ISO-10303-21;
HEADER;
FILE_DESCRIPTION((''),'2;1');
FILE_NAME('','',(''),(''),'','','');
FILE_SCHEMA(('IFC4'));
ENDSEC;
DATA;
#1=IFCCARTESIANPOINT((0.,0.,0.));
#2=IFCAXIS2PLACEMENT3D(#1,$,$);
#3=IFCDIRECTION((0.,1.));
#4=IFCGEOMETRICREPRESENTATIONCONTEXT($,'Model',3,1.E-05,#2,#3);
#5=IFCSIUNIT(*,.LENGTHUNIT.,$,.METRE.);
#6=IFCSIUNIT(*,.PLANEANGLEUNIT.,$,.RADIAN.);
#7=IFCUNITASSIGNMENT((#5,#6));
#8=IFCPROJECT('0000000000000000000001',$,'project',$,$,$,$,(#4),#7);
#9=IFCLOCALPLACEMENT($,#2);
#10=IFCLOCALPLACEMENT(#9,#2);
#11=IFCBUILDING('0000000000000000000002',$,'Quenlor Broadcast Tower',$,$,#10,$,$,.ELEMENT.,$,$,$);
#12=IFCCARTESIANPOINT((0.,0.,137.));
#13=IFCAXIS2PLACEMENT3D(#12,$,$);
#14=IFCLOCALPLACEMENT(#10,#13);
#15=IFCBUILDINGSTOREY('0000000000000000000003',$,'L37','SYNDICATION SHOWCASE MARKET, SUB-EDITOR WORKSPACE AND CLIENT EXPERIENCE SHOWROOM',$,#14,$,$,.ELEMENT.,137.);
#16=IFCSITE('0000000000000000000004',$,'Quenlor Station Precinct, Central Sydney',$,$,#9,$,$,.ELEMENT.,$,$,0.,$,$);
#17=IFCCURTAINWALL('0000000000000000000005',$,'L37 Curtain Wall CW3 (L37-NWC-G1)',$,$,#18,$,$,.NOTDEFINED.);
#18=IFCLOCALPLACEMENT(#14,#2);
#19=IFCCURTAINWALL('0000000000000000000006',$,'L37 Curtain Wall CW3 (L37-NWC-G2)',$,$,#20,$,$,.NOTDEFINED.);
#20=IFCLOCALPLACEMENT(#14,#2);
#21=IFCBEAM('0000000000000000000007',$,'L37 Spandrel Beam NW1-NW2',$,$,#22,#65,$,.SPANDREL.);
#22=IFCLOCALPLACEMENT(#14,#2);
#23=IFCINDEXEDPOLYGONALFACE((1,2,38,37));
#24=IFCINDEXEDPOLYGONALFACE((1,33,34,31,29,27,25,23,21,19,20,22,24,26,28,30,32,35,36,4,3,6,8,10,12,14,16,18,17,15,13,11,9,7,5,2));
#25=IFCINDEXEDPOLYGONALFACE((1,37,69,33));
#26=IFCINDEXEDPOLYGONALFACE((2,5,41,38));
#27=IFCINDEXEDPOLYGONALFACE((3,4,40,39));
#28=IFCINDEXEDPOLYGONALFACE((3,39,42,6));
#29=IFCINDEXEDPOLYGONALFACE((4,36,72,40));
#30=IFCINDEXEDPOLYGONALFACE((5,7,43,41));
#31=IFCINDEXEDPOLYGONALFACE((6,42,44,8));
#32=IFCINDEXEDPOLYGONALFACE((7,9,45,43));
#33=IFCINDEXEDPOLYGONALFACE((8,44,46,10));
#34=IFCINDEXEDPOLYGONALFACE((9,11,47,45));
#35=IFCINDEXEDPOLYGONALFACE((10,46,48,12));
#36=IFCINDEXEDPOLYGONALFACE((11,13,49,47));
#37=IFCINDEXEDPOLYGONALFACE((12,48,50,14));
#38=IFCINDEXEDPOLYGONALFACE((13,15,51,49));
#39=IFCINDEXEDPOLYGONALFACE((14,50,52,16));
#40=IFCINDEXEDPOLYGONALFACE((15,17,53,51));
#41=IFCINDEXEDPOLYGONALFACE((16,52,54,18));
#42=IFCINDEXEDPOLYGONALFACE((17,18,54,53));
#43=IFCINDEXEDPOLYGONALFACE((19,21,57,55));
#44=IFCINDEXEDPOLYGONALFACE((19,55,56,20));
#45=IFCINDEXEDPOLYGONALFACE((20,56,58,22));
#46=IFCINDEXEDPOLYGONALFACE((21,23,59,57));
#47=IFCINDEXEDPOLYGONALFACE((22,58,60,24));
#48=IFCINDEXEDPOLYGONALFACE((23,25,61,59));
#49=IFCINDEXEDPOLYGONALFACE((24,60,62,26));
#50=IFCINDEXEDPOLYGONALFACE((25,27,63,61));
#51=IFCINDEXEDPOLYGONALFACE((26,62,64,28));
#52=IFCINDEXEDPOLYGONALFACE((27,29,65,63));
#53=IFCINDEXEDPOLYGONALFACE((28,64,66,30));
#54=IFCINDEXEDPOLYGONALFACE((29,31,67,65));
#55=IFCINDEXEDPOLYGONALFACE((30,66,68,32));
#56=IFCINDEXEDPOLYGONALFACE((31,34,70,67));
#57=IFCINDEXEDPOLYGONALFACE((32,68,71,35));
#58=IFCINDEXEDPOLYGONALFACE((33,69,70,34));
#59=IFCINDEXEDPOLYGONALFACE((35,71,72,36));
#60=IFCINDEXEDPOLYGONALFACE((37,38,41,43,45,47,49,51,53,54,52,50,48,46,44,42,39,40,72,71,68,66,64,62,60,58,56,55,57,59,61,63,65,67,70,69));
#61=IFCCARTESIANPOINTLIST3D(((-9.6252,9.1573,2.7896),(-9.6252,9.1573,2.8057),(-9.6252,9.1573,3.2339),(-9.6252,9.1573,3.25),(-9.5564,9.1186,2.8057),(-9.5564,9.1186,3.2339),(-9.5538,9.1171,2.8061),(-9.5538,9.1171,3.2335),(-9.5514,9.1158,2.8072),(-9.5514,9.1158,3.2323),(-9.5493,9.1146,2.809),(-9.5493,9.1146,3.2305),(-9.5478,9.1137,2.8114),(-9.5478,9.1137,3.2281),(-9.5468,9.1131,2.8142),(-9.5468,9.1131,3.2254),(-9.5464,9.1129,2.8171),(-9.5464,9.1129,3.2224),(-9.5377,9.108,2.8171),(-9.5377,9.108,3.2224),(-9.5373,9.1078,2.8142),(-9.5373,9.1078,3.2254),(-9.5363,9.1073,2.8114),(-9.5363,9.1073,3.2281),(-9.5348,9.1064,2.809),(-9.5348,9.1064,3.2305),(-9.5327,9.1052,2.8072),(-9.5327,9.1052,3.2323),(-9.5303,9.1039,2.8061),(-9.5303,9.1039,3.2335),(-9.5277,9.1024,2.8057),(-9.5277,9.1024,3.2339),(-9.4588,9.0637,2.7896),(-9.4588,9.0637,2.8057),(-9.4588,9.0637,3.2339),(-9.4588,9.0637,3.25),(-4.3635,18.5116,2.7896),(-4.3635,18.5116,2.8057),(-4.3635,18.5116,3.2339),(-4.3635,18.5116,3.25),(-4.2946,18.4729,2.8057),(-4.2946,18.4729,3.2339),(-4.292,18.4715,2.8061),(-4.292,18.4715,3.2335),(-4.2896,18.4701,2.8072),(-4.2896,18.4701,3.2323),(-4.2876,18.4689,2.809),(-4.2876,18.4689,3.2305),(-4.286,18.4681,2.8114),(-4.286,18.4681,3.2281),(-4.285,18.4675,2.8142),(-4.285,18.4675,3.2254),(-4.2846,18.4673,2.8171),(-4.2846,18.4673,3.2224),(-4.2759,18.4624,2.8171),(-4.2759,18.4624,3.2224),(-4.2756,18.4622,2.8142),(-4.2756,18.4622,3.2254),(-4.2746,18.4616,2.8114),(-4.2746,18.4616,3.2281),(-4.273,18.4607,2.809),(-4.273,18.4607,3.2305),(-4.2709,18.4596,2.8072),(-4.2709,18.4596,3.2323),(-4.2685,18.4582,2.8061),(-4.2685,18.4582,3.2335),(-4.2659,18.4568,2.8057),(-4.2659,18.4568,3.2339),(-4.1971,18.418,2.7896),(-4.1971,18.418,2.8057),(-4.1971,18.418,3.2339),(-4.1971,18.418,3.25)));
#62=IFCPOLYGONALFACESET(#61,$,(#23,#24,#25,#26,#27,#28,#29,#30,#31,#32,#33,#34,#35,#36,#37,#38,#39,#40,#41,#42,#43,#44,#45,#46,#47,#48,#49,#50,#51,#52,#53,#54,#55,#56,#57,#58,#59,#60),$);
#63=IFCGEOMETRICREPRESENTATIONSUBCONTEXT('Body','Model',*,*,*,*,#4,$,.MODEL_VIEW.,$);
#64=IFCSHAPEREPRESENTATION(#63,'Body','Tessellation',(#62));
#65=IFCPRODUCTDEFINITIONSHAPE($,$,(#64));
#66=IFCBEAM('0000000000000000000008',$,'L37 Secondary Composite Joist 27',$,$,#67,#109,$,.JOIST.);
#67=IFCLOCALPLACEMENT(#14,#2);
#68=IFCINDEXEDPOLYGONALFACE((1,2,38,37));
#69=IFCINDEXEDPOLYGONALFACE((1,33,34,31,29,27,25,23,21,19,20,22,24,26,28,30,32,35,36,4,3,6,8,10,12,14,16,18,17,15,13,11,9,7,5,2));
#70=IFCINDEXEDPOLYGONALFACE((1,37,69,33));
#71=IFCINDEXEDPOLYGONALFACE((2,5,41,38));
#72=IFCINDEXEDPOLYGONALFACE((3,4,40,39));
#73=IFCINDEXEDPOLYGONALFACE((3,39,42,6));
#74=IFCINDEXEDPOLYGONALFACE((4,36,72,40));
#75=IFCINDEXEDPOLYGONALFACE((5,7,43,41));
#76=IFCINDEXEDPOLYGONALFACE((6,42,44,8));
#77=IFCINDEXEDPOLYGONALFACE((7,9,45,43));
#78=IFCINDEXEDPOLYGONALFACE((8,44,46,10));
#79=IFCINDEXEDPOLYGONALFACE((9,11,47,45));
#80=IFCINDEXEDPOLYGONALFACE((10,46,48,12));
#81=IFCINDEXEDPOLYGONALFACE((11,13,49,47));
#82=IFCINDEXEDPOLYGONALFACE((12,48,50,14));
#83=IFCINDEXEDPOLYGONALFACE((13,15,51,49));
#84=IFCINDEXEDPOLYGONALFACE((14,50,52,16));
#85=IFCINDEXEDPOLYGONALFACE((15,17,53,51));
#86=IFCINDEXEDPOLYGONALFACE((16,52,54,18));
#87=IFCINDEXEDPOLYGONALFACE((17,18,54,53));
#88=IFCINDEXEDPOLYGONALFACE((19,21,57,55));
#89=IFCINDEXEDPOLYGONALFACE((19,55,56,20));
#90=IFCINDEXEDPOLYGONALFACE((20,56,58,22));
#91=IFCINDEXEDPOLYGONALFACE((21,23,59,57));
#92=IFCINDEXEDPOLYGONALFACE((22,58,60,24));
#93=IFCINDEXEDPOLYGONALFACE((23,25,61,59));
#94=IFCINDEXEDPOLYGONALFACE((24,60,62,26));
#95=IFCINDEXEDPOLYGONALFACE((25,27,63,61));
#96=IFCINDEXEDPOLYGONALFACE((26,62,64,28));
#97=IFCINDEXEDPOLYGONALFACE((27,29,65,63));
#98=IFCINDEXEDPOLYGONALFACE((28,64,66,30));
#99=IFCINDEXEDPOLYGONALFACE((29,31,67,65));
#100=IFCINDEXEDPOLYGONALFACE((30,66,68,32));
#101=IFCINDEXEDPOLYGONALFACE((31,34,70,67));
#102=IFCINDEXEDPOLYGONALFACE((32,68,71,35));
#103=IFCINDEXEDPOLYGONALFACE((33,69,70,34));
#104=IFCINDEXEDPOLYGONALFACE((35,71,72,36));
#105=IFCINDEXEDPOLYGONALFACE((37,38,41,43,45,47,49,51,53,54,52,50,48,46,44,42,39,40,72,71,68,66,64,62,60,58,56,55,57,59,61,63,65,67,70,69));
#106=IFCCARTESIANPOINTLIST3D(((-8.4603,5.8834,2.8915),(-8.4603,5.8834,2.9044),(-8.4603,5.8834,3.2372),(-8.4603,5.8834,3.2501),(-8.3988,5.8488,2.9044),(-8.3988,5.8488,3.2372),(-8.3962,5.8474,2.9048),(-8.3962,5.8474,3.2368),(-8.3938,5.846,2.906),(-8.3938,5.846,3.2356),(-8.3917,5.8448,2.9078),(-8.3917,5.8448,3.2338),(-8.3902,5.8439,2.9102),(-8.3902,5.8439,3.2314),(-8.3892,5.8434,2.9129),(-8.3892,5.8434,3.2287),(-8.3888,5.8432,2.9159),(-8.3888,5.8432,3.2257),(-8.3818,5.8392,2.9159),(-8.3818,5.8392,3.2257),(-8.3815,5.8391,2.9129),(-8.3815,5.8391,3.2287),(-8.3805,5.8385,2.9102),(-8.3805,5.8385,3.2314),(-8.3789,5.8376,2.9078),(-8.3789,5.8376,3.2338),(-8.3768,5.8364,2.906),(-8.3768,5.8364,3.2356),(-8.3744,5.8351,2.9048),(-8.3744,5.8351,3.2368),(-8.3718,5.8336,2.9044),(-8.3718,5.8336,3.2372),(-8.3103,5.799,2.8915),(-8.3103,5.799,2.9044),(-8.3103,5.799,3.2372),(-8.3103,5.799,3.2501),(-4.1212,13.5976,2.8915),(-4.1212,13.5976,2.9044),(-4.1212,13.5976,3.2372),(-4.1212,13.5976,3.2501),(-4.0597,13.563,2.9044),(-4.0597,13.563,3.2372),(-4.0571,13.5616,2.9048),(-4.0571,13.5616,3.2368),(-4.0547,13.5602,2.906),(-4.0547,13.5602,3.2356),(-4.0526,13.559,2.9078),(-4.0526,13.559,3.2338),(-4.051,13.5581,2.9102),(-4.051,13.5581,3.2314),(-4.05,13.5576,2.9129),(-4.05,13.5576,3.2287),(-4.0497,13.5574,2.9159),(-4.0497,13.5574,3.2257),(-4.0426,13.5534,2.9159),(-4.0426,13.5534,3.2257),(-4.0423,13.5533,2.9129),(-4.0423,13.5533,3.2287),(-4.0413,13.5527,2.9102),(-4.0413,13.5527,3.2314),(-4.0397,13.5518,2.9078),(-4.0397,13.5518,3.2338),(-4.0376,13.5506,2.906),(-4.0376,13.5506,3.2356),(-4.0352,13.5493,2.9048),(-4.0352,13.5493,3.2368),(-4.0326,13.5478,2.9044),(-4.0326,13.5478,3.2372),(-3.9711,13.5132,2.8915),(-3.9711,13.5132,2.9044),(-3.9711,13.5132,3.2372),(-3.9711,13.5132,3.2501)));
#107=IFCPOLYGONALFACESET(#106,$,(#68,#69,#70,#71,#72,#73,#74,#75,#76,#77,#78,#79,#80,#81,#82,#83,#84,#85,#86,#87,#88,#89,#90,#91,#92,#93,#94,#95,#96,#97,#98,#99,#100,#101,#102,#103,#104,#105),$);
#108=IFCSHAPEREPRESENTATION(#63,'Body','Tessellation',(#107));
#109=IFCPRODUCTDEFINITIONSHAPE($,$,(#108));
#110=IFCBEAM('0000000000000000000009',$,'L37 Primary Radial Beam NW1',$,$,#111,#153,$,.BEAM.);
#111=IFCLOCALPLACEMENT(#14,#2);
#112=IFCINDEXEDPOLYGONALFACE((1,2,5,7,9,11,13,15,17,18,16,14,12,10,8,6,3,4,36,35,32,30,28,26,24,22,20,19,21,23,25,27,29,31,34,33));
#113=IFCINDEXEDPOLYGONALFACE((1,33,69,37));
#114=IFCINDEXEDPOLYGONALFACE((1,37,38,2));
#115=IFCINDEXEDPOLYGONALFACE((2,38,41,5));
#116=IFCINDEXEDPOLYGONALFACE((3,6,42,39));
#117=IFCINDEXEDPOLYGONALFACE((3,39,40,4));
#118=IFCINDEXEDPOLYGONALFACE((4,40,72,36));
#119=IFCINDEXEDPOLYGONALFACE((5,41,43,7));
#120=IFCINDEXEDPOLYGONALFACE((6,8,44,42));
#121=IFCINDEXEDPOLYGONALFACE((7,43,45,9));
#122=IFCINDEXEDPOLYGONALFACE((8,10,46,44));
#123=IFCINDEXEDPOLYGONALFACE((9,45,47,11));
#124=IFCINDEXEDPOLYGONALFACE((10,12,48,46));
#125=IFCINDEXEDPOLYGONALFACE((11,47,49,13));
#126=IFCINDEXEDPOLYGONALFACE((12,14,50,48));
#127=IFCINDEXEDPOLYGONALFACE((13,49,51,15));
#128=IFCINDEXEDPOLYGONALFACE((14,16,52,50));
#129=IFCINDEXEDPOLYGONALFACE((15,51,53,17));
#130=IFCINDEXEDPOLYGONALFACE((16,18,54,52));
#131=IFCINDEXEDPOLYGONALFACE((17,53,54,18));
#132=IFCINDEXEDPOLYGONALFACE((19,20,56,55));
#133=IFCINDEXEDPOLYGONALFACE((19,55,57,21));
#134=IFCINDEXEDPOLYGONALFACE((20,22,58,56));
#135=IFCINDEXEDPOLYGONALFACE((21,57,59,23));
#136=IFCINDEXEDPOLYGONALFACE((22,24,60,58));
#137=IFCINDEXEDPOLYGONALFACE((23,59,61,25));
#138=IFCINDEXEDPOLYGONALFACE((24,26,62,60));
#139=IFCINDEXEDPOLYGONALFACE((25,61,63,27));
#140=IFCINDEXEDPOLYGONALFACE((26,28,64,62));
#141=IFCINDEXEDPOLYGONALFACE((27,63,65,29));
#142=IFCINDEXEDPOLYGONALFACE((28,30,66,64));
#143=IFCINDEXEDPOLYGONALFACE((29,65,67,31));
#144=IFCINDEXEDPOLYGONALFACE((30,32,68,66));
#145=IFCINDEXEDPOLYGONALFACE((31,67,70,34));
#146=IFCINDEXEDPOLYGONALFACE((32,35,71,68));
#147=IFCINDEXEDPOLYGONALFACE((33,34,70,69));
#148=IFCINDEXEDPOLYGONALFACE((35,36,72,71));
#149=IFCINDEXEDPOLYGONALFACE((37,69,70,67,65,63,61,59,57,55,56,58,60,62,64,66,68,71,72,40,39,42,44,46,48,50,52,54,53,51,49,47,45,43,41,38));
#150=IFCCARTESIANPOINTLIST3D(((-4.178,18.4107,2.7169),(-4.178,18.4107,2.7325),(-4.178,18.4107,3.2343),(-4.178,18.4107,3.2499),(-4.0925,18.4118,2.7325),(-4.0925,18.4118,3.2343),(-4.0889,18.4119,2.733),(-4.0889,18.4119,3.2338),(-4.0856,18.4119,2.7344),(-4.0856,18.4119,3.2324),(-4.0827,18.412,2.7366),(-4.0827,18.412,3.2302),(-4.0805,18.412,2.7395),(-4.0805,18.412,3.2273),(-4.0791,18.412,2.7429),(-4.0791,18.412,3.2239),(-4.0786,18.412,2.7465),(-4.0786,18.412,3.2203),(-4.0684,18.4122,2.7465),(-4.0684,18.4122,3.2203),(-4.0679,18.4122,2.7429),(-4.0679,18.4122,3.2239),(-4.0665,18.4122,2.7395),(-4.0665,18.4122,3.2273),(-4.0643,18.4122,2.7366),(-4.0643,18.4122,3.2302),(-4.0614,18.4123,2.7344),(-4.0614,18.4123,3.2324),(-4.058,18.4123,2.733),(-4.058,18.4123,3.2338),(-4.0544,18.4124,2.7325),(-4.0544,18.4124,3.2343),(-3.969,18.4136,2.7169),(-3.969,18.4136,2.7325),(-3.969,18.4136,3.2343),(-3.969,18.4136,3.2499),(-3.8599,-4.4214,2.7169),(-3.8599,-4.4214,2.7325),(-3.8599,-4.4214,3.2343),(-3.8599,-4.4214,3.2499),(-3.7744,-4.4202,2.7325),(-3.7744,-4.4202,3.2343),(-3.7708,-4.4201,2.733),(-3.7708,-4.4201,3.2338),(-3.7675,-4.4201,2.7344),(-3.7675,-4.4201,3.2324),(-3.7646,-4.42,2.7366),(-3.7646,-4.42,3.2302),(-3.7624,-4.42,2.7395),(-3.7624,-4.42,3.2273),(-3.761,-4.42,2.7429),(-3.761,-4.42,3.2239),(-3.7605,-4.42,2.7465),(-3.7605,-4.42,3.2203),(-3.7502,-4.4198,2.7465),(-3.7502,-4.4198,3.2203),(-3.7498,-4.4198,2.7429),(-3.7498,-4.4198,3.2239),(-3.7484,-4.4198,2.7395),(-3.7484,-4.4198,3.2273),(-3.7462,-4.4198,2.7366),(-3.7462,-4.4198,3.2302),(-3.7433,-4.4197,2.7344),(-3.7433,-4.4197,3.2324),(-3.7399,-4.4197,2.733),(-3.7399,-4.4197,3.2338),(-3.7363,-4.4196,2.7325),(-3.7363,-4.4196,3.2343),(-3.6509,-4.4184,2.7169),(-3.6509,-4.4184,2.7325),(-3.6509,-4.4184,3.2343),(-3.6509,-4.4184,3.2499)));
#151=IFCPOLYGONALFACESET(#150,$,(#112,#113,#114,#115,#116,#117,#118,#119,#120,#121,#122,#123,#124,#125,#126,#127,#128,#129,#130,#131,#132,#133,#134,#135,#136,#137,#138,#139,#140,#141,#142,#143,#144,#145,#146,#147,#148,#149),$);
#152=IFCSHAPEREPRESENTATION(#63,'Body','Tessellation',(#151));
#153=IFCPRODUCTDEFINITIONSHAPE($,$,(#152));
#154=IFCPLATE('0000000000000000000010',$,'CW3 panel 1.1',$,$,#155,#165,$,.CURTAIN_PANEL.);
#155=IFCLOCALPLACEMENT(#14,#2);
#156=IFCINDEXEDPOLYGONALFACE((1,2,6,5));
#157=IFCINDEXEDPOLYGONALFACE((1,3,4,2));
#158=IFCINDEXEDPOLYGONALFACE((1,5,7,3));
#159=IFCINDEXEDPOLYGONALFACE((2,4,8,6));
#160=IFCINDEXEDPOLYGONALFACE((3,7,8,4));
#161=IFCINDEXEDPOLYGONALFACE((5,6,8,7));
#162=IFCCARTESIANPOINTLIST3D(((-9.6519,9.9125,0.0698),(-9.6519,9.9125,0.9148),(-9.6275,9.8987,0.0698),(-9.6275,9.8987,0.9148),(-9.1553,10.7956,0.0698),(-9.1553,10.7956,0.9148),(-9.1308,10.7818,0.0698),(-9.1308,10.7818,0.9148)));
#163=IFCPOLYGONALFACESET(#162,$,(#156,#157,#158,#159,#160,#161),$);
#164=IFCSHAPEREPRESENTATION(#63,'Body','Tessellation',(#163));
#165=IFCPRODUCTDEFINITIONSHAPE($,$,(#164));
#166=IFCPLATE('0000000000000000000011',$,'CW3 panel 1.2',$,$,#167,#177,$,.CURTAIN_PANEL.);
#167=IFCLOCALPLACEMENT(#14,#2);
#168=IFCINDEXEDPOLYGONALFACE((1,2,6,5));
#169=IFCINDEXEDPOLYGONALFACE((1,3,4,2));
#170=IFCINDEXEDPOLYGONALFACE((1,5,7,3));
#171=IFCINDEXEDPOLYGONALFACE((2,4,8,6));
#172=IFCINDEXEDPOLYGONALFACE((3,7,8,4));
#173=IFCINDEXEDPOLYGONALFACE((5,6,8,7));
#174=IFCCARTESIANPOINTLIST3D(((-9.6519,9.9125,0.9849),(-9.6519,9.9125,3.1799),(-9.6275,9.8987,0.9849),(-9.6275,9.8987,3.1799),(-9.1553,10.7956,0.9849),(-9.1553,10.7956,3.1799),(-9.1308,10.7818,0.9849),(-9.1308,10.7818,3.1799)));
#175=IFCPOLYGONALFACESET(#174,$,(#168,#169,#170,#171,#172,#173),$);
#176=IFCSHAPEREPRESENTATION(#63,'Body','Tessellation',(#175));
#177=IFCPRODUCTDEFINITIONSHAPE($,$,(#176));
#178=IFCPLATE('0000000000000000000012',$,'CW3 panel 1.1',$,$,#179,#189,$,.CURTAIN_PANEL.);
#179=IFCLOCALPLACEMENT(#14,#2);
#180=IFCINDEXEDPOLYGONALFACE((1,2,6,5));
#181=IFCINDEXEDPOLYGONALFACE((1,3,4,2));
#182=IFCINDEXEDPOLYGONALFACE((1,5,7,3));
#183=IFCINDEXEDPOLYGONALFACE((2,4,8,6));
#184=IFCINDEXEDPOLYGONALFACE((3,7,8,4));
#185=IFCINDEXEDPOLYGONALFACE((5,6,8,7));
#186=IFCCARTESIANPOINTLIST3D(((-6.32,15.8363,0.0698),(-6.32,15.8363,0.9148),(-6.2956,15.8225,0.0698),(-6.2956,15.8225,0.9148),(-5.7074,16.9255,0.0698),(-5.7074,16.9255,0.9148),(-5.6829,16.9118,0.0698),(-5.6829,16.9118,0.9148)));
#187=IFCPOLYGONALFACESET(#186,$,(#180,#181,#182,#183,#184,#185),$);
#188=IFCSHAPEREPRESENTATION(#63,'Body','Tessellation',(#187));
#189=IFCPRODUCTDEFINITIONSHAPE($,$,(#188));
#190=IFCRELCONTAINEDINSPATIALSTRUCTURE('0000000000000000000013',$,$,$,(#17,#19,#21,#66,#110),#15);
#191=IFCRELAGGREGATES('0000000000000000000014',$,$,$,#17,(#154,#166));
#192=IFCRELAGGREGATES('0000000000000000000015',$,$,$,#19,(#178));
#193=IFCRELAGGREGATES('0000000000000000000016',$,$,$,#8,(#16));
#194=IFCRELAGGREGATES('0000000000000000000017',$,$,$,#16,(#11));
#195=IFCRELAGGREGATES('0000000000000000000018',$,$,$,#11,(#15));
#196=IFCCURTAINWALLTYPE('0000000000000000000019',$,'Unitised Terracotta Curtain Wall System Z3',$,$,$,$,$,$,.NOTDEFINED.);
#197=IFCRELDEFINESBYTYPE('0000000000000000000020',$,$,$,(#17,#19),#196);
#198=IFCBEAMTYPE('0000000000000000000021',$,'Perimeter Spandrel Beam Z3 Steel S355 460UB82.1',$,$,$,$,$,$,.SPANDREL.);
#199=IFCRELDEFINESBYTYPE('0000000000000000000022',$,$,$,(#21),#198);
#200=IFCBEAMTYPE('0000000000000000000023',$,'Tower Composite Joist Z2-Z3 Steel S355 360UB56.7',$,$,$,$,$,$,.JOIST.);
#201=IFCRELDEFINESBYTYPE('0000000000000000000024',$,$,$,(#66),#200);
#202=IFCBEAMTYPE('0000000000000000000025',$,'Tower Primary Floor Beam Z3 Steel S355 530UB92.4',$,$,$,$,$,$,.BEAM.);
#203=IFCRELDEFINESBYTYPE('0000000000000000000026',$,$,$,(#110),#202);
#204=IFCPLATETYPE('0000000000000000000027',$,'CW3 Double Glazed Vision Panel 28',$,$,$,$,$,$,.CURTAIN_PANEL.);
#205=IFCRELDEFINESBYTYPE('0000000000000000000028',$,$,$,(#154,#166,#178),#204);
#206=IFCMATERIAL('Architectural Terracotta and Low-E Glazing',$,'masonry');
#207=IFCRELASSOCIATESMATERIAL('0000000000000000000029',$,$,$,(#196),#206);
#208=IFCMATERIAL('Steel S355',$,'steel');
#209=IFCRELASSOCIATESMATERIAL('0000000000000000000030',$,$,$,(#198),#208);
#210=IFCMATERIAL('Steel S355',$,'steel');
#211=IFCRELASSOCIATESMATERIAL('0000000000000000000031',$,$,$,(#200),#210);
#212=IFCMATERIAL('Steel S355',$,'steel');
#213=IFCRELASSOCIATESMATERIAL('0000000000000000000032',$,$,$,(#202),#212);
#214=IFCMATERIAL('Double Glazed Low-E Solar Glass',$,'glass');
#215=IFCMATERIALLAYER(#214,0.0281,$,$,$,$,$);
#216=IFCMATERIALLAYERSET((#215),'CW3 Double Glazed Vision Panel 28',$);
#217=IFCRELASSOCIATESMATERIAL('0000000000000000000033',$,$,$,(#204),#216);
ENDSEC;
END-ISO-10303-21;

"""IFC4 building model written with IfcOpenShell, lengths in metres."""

from ifc_helpers import new_model, si_unit, direction, frame, origin, origin_2d, place, context, subcontext, project, spatial, rectangle, i_section, extrude, material, layer, layer_set, material_profile, profile_set, type_object, element, aggregate, save


model = new_model("IFC4")

# Units and contexts
model_context = context("Model", 3, precision=1e-05, world=origin(), true_north=direction((0.0, 1.0)))
body_context = subcontext(model_context, "Body", "Model", "MODEL_VIEW")
ifc_project = project(units=[si_unit("LENGTHUNIT", "METRE"), si_unit("PLANEANGLEUNIT", "RADIAN")], contexts=[model_context])

# Site, building, storey
site_placement = place(None, origin())
site = spatial("IfcSite", under=ifc_project, at=site_placement, Name="Quenlor Station Precinct, Central Sydney", CompositionType="ELEMENT", RefElevation=0.0)
building_placement = place(site_placement, origin())
building = spatial("IfcBuilding", under=site, at=building_placement, Name="Quenlor Broadcast Tower", CompositionType="ELEMENT")
storey_placement = place(building_placement, frame((0.0, 0.0, 137.0)))
storey = spatial("IfcBuildingStorey", under=building, at=storey_placement, Name="L37", Description="SYNDICATION SHOWCASE MARKET, SUB-EDITOR WORKSPACE AND CLIENT EXPERIENCE SHOWROOM", CompositionType="ELEMENT", Elevation=137.0)

# Curtain wall
ifc_material_1 = material(Name="Architectural Terracotta and Low-E Glazing", Category="masonry")
curtain_wall_type = type_object("IfcCurtainWallType", Name="Unitised Terracotta Curtain Wall System Z3", PredefinedType="NOTDEFINED", material=ifc_material_1)
curtain_wall_1_placement = place(storey_placement, origin())
curtain_wall_1 = element("IfcCurtainWall", 1, at=curtain_wall_1_placement, inside=storey, type_object=curtain_wall_type, Name="L37 Curtain Wall CW3 (L37-NWC-G1)", PredefinedType="NOTDEFINED")

# Curtain wall
curtain_wall_2_placement = place(storey_placement, origin())
curtain_wall_2 = element("IfcCurtainWall", 2, at=curtain_wall_2_placement, inside=storey, type_object=curtain_wall_type, Name="L37 Curtain Wall CW3 (L37-NWC-G2)", PredefinedType="NOTDEFINED")

# Beams
ifc_material_2 = material(Name="Steel S355", Category="steel")
ifc_material_profile_1 = material_profile(ifc_material_2, i_section(OverallWidth=0.1909, OverallDepth=0.4604, WebThickness=0.01, FlangeThickness=0.0161, FilletRadius=0.0115, at=origin_2d()))
ifc_profile_set_1 = profile_set([ifc_material_profile_1], Name="Steel S355 460UB82.1")
beam_type_1 = type_object("IfcBeamType", Name="Perimeter Spandrel Beam Z3 Steel S355 460UB82.1", PredefinedType="SPANDREL", material=ifc_profile_set_1)
beam_1_placement = place(storey_placement, frame((-4.2803, 18.4648, 3.0198), z_axis=(-0.490258, -0.871577, 0.0), x_axis=(0.871577, -0.490258, 0.0)))
element("IfcBeam", 3, at=beam_1_placement, inside=storey, type_object=beam_type_1, Name="L37 Spandrel Beam NW1-NW2", PredefinedType="SPANDREL", context=body_context, shape_type="SweptSolid", body=[
    extrude(i_section(OverallWidth=0.1909, OverallDepth=0.4604, WebThickness=0.01, FlangeThickness=0.0161, FilletRadius=0.0115, at=origin_2d()), origin(), (0.0, 0.0, 1.0), 10.7327),
])
ifc_material_3 = material(Name="Steel S355", Category="steel")
ifc_material_profile_2 = material_profile(ifc_material_3, i_section(OverallWidth=0.1721, OverallDepth=0.3586, WebThickness=0.0081, FlangeThickness=0.0129, FilletRadius=0.0115, at=origin_2d()))
ifc_profile_set_2 = profile_set([ifc_material_profile_2], Name="Steel S355 360UB56.7")
beam_type_2 = type_object("IfcBeamType", Name="Tower Composite Joist Z2-Z3 Steel S355 360UB56.7", PredefinedType="JOIST", material=ifc_profile_set_2)
beam_2_placement = place(storey_placement, frame((-4.0461, 13.5554, 3.0708), z_axis=(-0.490255, -0.871579, 0.0), x_axis=(0.871579, -0.490255, 0.0)))
element("IfcBeam", 4, at=beam_2_placement, inside=storey, type_object=beam_type_2, Name="L37 Secondary Composite Joist 27", PredefinedType="JOIST", context=body_context, shape_type="SweptSolid", body=[
    extrude(i_section(OverallWidth=0.1721, OverallDepth=0.3586, WebThickness=0.0081, FlangeThickness=0.0129, FilletRadius=0.0115, at=origin_2d()), origin(), (0.0, 0.0, 1.0), 8.8508),
])
ifc_material_4 = material(Name="Steel S355", Category="steel")
ifc_material_profile_3 = material_profile(ifc_material_4, i_section(OverallWidth=0.209, OverallDepth=0.533, WebThickness=0.0103, FlangeThickness=0.0156, FilletRadius=0.0139, at=origin_2d()))
ifc_profile_set_3 = profile_set([ifc_material_profile_3], Name="Steel S355 530UB92.4")
beam_type_3 = type_object("IfcBeamType", Name="Tower Primary Floor Beam Z3 Steel S355 530UB92.4", PredefinedType="BEAM", material=ifc_profile_set_3)
beam_3_placement = place(storey_placement, frame((-4.0735, 18.4121, 2.9834), z_axis=(0.013931, -0.999903, 0.0), x_axis=(0.999903, 0.013931, 0.0)))
element("IfcBeam", 5, at=beam_3_placement, inside=storey, type_object=beam_type_3, Name="L37 Primary Radial Beam NW1", PredefinedType="BEAM", context=body_context, shape_type="SweptSolid", body=[
    extrude(i_section(OverallWidth=0.209, OverallDepth=0.533, WebThickness=0.0103, FlangeThickness=0.0156, FilletRadius=0.0139, at=origin_2d()), origin(), (0.0, 0.0, 1.0), 22.8342),
])

# Plates
ifc_material_5 = material(Name="Double Glazed Low-E Solar Glass", Category="glass")
ifc_layer_1 = layer(ifc_material_5, 0.0281)
ifc_layer_set_1 = layer_set([ifc_layer_1], Name="CW3 Double Glazed Vision Panel 28")
plate_type_1 = type_object("IfcPlateType", Name="CW3 Double Glazed Vision Panel 28", PredefinedType="CURTAIN_PANEL", material=ifc_layer_set_1)
plate_1_placement = place(storey_placement, frame((-9.3914, 10.3472, 0.0698), z_axis=(0.0, 0.0, 1.0), x_axis=(0.490216, 0.871601, 0.0)))
plate_1 = element("IfcPlate", 6, at=plate_1_placement, type_object=plate_type_1, Name="CW3 panel 1.1", PredefinedType="CURTAIN_PANEL", context=body_context, shape_type="SweptSolid", body=[
    extrude(rectangle(XDim=1.0132, YDim=0.0281, at=origin_2d()), origin(), (0.0, 0.0, 1.0), 0.845),
])
plate_2_placement = place(storey_placement, frame((-9.3914, 10.3472, 0.9849), z_axis=(0.0, 0.0, 1.0), x_axis=(0.490216, 0.871601, 0.0)))
plate_2 = element("IfcPlate", 7, at=plate_2_placement, type_object=plate_type_1, Name="CW3 panel 1.2", PredefinedType="CURTAIN_PANEL", context=body_context, shape_type="SweptSolid", body=[
    extrude(rectangle(XDim=1.0132, YDim=0.0281, at=origin_2d()), origin(), (0.0, 0.0, 1.0), 2.1951),
])
aggregate(curtain_wall_1, [plate_1, plate_2])
plate_3_placement = place(storey_placement, frame((-6.0015, 16.374, 0.0698), z_axis=(0.0, 0.0, 1.0), x_axis=(0.49023, 0.871593, 0.0)))
plate_3 = element("IfcPlate", 8, at=plate_3_placement, type_object=plate_type_1, Name="CW3 panel 1.1", PredefinedType="CURTAIN_PANEL", context=body_context, shape_type="SweptSolid", body=[
    extrude(rectangle(XDim=1.2498, YDim=0.0281, at=origin_2d()), origin(), (0.0, 0.0, 1.0), 0.845),
])
aggregate(curtain_wall_2, [plate_3])

save(model, "model.ifc")
